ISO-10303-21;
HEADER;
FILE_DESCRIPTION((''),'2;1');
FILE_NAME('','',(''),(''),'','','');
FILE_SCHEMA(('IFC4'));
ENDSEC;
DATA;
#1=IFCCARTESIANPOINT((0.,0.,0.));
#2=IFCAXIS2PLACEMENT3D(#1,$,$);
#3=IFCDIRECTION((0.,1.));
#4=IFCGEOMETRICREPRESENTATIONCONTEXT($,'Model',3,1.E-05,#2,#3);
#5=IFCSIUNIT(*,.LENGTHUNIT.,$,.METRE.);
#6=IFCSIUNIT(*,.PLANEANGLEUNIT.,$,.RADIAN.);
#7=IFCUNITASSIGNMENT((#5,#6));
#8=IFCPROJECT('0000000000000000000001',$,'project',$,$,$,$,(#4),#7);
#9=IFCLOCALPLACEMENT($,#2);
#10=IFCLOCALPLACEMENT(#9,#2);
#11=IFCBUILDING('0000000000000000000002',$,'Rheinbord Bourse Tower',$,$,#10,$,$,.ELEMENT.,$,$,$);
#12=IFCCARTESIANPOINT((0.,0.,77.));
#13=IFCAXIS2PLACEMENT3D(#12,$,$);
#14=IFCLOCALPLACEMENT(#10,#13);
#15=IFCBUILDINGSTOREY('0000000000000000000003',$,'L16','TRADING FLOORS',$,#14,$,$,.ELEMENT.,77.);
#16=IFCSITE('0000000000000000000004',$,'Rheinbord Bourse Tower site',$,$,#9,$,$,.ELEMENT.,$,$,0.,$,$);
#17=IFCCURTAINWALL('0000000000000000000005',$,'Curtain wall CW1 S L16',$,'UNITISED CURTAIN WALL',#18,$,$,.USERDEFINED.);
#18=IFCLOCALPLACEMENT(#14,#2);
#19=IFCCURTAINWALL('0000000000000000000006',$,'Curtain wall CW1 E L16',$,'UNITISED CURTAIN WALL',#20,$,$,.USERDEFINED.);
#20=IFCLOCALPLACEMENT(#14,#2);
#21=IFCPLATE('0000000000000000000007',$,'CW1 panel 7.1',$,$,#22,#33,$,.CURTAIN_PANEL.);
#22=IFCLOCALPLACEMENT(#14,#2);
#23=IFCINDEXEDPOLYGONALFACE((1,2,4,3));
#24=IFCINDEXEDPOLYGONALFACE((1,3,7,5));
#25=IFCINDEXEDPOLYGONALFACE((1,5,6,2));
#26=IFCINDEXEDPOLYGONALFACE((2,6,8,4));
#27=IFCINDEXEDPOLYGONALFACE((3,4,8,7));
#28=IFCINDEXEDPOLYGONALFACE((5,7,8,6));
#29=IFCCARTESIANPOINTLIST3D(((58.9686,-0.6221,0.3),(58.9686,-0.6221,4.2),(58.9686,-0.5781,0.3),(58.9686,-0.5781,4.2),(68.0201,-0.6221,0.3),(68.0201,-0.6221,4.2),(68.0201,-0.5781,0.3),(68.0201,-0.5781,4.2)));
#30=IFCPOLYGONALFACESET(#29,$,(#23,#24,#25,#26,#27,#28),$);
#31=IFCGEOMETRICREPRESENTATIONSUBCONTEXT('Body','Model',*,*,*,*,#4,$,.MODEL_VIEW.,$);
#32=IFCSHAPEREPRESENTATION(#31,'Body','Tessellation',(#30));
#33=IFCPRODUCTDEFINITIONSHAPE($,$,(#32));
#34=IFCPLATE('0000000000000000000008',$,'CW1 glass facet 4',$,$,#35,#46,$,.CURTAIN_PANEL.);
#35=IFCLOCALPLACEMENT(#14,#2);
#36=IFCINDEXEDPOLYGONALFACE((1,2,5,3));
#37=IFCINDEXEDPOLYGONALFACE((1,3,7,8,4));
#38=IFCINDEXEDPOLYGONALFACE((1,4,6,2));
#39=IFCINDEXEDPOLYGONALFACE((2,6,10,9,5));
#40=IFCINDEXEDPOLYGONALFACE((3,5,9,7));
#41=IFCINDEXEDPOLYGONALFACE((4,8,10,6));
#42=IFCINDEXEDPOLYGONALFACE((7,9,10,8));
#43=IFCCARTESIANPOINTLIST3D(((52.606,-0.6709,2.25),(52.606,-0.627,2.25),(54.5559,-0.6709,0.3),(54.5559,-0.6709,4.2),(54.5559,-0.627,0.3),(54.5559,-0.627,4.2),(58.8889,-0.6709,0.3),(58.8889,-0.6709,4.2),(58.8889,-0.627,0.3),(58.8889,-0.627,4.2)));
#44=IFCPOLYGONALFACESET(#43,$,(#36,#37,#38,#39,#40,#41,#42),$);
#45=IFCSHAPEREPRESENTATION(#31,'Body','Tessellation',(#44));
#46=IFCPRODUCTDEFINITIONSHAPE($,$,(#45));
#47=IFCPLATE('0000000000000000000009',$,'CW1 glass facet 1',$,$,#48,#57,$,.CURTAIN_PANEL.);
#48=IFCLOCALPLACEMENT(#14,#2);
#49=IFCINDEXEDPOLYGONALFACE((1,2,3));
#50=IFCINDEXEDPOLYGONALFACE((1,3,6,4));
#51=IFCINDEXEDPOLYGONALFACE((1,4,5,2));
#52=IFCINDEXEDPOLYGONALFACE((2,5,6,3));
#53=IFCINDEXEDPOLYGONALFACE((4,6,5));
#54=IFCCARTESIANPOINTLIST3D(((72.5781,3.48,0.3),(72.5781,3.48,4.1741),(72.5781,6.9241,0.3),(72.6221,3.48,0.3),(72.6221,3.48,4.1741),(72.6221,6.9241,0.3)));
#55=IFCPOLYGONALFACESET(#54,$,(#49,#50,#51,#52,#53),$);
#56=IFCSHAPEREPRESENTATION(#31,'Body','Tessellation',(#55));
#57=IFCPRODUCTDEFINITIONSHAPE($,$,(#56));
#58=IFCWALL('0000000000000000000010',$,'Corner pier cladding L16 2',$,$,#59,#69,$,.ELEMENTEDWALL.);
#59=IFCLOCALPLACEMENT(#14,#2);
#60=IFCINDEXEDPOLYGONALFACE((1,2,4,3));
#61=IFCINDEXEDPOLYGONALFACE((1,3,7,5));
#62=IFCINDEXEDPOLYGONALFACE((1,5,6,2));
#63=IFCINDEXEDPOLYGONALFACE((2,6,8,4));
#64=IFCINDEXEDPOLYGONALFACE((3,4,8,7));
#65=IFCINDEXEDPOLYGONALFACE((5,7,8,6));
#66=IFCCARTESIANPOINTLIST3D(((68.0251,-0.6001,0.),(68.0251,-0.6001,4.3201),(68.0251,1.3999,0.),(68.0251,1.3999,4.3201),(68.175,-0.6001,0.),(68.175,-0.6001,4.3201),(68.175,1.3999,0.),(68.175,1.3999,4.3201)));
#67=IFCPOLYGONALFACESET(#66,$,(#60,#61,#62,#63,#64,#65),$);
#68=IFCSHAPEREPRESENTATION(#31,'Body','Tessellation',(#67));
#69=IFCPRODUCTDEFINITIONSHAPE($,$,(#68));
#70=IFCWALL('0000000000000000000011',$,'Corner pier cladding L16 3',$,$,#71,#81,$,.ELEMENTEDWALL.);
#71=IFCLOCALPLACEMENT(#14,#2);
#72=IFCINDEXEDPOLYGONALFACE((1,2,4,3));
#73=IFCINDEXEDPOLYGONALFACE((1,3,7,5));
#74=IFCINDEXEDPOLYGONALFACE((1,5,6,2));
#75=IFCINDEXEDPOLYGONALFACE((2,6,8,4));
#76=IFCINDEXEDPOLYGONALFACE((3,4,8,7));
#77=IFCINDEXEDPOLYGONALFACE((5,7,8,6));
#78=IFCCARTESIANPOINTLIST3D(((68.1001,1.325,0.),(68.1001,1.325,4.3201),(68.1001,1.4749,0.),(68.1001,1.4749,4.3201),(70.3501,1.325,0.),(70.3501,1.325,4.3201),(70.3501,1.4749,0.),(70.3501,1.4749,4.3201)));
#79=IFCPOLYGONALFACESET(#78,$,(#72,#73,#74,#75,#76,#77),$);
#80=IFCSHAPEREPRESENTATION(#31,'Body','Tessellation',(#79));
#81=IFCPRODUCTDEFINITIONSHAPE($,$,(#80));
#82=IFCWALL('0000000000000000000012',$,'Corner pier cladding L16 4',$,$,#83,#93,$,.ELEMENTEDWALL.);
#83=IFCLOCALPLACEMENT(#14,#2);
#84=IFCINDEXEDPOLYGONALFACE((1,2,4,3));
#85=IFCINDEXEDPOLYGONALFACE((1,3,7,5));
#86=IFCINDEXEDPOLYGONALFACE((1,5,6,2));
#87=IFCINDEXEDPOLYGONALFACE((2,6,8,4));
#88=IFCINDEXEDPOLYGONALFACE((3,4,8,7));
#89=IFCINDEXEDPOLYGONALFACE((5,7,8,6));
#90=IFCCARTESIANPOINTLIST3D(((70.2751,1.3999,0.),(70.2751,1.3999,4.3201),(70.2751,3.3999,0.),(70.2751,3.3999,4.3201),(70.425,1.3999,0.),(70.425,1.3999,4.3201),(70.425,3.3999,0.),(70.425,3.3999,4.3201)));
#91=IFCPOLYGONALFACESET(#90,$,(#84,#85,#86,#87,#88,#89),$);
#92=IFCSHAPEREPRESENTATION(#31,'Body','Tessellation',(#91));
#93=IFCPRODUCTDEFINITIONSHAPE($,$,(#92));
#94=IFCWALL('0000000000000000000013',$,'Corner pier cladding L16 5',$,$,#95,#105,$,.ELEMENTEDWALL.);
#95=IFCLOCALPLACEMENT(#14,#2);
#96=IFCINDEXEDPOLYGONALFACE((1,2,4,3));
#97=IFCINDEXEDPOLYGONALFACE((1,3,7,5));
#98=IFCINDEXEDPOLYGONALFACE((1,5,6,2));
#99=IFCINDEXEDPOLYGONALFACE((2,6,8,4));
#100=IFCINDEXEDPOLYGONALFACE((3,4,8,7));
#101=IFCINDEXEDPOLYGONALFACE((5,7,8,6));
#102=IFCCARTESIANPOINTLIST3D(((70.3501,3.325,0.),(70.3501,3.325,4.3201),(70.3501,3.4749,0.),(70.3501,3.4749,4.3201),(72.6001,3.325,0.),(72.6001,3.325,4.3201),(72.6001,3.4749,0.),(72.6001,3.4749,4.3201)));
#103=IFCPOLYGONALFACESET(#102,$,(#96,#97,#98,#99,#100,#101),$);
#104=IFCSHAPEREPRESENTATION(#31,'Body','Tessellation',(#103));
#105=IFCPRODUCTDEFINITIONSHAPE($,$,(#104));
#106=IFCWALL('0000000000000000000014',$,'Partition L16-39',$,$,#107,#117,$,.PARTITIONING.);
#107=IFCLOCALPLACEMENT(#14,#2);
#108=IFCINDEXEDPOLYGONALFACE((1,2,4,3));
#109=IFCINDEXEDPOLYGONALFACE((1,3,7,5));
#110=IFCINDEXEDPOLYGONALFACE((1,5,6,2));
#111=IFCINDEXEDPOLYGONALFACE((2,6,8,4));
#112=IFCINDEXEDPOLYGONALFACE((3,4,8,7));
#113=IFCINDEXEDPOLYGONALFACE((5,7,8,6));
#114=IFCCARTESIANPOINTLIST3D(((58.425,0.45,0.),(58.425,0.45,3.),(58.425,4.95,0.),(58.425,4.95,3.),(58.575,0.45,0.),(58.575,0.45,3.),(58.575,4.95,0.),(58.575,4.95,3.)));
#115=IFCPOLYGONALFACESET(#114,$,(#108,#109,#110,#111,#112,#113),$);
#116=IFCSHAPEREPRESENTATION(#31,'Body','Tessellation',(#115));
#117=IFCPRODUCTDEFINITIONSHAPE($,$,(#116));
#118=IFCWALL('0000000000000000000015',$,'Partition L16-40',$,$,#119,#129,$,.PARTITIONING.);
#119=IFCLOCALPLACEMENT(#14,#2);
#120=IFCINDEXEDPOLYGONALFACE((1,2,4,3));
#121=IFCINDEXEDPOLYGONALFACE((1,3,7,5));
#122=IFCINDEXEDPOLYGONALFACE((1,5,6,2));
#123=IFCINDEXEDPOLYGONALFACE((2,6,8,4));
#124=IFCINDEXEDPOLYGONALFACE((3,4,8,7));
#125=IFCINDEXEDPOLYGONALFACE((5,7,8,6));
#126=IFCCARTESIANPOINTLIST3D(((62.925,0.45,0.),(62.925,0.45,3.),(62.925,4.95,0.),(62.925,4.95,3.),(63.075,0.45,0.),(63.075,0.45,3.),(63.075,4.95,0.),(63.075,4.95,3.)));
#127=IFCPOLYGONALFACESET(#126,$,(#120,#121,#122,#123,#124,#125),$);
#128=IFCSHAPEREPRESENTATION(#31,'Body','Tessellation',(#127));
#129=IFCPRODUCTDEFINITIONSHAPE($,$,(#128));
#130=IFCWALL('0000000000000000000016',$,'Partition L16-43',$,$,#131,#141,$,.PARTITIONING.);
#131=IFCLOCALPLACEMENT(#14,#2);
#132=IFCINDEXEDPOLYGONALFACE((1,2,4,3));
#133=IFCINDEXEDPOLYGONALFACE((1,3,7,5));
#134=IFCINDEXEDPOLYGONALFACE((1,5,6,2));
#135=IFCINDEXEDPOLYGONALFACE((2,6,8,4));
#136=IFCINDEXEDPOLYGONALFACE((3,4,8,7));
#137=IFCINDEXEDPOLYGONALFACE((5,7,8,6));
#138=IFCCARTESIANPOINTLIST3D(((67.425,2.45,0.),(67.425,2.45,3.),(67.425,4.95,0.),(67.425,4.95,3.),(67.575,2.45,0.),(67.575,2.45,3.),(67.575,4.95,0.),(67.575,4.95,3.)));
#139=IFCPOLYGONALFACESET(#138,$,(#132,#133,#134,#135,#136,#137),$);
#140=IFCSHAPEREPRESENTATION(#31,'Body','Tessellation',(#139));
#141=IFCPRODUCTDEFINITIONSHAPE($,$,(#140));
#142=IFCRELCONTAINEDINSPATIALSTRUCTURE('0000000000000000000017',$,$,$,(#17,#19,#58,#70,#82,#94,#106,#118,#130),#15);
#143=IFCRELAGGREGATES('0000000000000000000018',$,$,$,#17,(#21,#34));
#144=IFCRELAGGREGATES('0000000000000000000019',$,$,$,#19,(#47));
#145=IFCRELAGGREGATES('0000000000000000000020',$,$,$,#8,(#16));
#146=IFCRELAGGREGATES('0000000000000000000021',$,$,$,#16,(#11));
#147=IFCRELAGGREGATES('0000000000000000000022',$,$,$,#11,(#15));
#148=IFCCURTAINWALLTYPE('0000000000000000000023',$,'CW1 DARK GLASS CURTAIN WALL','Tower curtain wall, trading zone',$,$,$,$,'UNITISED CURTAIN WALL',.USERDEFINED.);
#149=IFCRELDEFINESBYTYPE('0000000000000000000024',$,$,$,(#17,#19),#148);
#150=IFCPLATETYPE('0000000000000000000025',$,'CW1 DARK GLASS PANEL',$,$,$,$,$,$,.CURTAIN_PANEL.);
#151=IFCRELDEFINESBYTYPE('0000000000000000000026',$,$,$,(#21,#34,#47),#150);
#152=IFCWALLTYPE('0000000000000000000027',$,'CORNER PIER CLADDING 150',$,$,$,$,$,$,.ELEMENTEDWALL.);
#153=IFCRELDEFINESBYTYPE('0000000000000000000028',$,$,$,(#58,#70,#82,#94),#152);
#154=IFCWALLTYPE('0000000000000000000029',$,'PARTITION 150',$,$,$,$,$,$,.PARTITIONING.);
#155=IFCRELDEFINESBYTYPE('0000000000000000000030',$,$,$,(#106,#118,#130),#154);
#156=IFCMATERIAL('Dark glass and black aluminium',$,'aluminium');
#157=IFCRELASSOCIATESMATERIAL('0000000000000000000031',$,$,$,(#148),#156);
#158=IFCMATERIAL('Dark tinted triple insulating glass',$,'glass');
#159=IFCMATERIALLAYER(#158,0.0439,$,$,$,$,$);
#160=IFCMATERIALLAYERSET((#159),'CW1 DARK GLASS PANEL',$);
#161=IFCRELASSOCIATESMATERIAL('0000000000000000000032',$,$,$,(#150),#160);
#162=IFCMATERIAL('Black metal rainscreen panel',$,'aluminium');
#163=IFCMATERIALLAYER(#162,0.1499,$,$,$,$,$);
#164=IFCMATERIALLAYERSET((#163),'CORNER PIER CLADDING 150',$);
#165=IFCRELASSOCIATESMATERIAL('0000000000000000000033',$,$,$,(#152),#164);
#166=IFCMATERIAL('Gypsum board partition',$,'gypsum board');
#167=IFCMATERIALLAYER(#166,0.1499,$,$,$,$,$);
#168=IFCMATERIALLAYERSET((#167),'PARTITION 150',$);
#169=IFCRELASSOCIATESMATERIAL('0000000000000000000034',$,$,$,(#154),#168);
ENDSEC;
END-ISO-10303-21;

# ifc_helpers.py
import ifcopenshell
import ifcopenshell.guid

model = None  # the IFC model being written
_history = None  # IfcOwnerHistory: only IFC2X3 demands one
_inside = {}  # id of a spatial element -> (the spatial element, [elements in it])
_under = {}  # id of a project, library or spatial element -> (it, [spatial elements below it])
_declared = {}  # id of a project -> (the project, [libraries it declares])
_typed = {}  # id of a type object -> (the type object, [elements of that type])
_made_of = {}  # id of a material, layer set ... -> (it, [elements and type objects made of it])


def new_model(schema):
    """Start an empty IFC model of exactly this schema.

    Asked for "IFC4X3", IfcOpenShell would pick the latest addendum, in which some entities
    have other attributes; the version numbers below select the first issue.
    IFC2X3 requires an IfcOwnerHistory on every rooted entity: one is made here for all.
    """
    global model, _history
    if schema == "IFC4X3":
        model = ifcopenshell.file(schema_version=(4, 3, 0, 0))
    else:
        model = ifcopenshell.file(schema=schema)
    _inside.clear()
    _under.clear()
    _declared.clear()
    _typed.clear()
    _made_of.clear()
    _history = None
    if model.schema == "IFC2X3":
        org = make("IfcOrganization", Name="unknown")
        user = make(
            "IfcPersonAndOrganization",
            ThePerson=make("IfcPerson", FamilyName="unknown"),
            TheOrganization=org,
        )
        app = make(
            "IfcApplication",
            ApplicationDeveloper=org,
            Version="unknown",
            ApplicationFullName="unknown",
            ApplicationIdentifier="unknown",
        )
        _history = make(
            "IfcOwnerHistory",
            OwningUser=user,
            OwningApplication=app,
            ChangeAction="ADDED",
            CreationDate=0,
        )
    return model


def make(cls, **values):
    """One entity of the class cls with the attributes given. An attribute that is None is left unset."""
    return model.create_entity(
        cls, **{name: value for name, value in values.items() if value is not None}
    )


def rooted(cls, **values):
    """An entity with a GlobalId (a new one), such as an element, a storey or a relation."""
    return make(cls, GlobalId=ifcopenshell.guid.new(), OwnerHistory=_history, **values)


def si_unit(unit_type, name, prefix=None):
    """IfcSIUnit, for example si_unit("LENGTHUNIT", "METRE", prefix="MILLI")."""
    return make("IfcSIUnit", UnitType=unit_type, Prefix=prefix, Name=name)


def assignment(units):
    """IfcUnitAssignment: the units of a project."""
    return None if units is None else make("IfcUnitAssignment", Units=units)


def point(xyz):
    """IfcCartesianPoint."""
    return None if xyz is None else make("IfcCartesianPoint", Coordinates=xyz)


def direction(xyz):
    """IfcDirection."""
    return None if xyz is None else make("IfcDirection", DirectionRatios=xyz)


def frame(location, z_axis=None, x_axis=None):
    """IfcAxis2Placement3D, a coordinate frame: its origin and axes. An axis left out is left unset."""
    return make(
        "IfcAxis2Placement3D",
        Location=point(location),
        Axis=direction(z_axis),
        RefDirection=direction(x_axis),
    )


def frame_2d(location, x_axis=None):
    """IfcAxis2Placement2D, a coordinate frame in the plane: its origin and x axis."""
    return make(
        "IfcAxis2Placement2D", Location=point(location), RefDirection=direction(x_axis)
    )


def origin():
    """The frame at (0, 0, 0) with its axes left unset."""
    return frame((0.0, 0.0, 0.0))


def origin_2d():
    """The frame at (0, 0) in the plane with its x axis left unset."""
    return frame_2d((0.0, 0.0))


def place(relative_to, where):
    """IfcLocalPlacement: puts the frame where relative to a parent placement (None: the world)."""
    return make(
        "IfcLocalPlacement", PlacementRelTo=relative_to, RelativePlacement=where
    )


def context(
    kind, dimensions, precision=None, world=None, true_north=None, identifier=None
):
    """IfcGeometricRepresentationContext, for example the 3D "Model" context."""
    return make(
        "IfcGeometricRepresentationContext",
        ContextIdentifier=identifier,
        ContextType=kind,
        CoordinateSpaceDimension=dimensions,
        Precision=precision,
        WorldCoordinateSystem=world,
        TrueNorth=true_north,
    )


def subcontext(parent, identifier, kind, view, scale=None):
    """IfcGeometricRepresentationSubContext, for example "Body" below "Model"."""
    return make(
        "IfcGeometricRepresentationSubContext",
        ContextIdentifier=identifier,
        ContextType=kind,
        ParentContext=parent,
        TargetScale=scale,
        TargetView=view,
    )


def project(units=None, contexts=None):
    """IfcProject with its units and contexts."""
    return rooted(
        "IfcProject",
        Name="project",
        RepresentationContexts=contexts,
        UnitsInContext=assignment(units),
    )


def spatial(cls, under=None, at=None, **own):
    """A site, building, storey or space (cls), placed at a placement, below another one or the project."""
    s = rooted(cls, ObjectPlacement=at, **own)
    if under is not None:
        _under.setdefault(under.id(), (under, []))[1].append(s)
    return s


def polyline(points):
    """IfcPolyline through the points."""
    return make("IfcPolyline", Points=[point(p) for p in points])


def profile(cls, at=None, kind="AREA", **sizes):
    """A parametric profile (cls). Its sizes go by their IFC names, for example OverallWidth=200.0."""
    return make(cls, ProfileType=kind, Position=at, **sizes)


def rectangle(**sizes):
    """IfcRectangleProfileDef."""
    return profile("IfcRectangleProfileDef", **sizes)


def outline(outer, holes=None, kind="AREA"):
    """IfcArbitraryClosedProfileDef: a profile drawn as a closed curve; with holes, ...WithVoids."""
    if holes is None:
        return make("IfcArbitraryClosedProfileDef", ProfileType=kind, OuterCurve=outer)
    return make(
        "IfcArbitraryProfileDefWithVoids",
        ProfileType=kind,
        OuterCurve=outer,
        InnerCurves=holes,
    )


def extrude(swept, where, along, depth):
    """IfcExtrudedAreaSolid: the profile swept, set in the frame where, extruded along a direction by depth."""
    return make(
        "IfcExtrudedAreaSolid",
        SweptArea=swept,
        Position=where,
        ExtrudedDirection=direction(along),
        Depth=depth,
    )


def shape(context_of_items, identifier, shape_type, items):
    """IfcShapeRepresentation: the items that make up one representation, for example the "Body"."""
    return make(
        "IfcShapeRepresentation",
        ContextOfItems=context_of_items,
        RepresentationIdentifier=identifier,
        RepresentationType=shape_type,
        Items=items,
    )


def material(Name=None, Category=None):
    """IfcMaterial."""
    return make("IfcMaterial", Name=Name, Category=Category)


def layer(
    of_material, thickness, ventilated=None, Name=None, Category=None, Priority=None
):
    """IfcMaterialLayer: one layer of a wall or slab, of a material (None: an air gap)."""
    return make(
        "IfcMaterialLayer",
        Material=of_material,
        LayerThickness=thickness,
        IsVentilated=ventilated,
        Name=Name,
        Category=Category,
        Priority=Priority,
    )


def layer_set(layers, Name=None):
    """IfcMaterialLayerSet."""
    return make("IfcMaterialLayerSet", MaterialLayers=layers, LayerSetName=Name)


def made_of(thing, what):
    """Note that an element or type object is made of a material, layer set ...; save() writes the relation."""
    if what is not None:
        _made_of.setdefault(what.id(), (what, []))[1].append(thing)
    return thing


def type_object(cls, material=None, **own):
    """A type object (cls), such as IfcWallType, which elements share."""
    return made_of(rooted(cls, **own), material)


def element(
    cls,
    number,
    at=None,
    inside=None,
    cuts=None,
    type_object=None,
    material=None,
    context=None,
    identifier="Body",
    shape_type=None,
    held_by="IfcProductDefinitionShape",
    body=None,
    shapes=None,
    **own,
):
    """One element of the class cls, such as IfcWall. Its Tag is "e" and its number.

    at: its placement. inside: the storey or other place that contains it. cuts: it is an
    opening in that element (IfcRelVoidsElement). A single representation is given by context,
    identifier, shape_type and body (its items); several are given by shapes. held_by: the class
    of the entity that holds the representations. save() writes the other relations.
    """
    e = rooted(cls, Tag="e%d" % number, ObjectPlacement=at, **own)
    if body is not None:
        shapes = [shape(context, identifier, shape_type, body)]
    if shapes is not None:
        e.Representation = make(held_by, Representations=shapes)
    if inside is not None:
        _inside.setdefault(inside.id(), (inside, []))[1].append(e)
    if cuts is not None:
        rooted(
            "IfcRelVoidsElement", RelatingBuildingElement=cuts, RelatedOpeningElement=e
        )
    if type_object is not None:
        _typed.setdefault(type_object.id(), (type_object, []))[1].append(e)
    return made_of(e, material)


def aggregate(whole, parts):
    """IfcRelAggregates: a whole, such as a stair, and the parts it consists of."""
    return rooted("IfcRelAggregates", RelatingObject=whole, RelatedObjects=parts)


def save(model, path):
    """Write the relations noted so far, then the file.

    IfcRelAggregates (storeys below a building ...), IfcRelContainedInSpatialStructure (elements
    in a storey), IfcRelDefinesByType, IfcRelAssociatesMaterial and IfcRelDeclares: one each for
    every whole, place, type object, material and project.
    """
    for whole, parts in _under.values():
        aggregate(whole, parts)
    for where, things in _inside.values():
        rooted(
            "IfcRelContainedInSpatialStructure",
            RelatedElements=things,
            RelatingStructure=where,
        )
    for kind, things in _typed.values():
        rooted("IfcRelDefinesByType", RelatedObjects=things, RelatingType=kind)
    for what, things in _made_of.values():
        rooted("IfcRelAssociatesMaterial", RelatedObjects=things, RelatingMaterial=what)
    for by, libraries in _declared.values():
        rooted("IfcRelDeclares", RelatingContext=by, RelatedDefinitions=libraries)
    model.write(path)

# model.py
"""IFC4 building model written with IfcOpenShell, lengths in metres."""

from ifc_helpers import new_model, si_unit, direction, frame, frame_2d, origin, origin_2d, place, context, subcontext, project, spatial, polyline, rectangle, outline, extrude, material, layer, layer_set, type_object, element, aggregate, save


model = new_model("IFC4")

# Units and contexts
model_context = context("Model", 3, precision=1e-05, world=origin(), true_north=direction((0.0, 1.0)))
body_context = subcontext(model_context, "Body", "Model", "MODEL_VIEW")
ifc_project = project(units=[si_unit("LENGTHUNIT", "METRE"), si_unit("PLANEANGLEUNIT", "RADIAN")], contexts=[model_context])

# Site, building, storey
site_placement = place(None, origin())
site = spatial("IfcSite", under=ifc_project, at=site_placement, Name="Rheinbord Bourse Tower site", CompositionType="ELEMENT", RefElevation=0.0)
building_placement = place(site_placement, origin())
building = spatial("IfcBuilding", under=site, at=building_placement, Name="Rheinbord Bourse Tower", CompositionType="ELEMENT")
storey_placement = place(building_placement, frame((0.0, 0.0, 77.0)))
storey = spatial("IfcBuildingStorey", under=building, at=storey_placement, Name="L16", Description="TRADING FLOORS", CompositionType="ELEMENT", Elevation=77.0)

# Curtain wall
ifc_material_1 = material(Name="Dark glass and black aluminium", Category="aluminium")
curtain_wall_type = type_object("IfcCurtainWallType", Name="CW1 DARK GLASS CURTAIN WALL", Description="Tower curtain wall, trading zone", ElementType="UNITISED CURTAIN WALL", PredefinedType="USERDEFINED", material=ifc_material_1)
curtain_wall_1_placement = place(storey_placement, origin())
curtain_wall_1 = element("IfcCurtainWall", 1, at=curtain_wall_1_placement, inside=storey, type_object=curtain_wall_type, Name="Curtain wall CW1 S L16", ObjectType="UNITISED CURTAIN WALL", PredefinedType="USERDEFINED")

# Curtain wall
curtain_wall_2_placement = place(storey_placement, origin())
curtain_wall_2 = element("IfcCurtainWall", 2, at=curtain_wall_2_placement, inside=storey, type_object=curtain_wall_type, Name="Curtain wall CW1 E L16", ObjectType="UNITISED CURTAIN WALL", PredefinedType="USERDEFINED")

# Plates
ifc_material_2 = material(Name="Dark tinted triple insulating glass", Category="glass")
ifc_layer_1 = layer(ifc_material_2, 0.0439)
ifc_layer_set_1 = layer_set([ifc_layer_1], Name="CW1 DARK GLASS PANEL")
plate_type = type_object("IfcPlateType", Name="CW1 DARK GLASS PANEL", PredefinedType="CURTAIN_PANEL", material=ifc_layer_set_1)
plate_1_placement = place(storey_placement, frame((63.4944, -0.6001, 0.3), z_axis=(0.0, 0.0, 1.0), x_axis=(1.0, 0.0, 0.0)))
plate_1 = element("IfcPlate", 3, at=plate_1_placement, type_object=plate_type, Name="CW1 panel 7.1", PredefinedType="CURTAIN_PANEL", context=body_context, shape_type="SweptSolid", body=[
    extrude(rectangle(XDim=9.0515, YDim=0.0439, at=origin_2d()), origin(), (0.0, 0.0, 1.0), 3.8999),
])
plate_2_placement = place(storey_placement, frame((58.8889, -0.6709, 4.2), z_axis=(0.0, 1.0, 0.0), x_axis=(0.0, 0.0, -1.0)))
plate_2 = element("IfcPlate", 4, at=plate_2_placement, type_object=plate_type, Name="CW1 glass facet 4", PredefinedType="CURTAIN_PANEL", context=body_context, shape_type="SweptSolid", body=[
    extrude(outline(polyline([(0.0, 0.0), (3.8999, 0.0), (3.8999, 4.333), (1.95, 6.283), (0.0, 4.333), (0.0, 0.0)])), origin(), (0.0, 0.0, 1.0), 0.0439),
])
aggregate(curtain_wall_1, [plate_1, plate_2])
plate_3_placement = place(storey_placement, frame((72.6221, 3.48, 0.3), z_axis=(-1.0, 0.0, 0.0), x_axis=(0.0, 0.0, 1.0)))
plate_3 = element("IfcPlate", 5, at=plate_3_placement, type_object=plate_type, Name="CW1 glass facet 1", PredefinedType="CURTAIN_PANEL", context=body_context, shape_type="SweptSolid", body=[
    extrude(outline(polyline([(0.0, 0.0), (3.874, 0.0), (0.0, 3.4441), (0.0, 0.0)])), origin(), (0.0, 0.0, 1.0), 0.0439),
])
aggregate(curtain_wall_2, [plate_3])

# Walls
ifc_material_3 = material(Name="Black metal rainscreen panel", Category="aluminium")
ifc_layer_2 = layer(ifc_material_3, 0.1499)
ifc_layer_set_2 = layer_set([ifc_layer_2], Name="CORNER PIER CLADDING 150")
wall_type_1 = type_object("IfcWallType", Name="CORNER PIER CLADDING 150", PredefinedType="ELEMENTEDWALL", material=ifc_layer_set_2)
wall_1_placement = place(storey_placement, frame((68.1001, -0.6001, 0.0), z_axis=(0.0, 0.0, 1.0), x_axis=(0.0, 1.0, 0.0)))
element("IfcWall", 6, at=wall_1_placement, inside=storey, type_object=wall_type_1, Name="Corner pier cladding L16 2", PredefinedType="ELEMENTEDWALL", context=body_context, shape_type="SweptSolid", body=[
    extrude(rectangle(XDim=2.0, YDim=0.1499, at=frame_2d((1.0, 0.0))), origin(), (0.0, 0.0, 1.0), 4.3201),
])
wall_2_placement = place(storey_placement, frame((68.1001, 1.3999, 0.0), z_axis=(0.0, 0.0, 1.0), x_axis=(1.0, 0.0, 0.0)))
element("IfcWall", 7, at=wall_2_placement, inside=storey, type_object=wall_type_1, Name="Corner pier cladding L16 3", PredefinedType="ELEMENTEDWALL", context=body_context, shape_type="SweptSolid", body=[
    extrude(rectangle(XDim=2.25, YDim=0.1499, at=frame_2d((1.125, 0.0))), origin(), (0.0, 0.0, 1.0), 4.3201),
])
wall_3_placement = place(storey_placement, frame((70.3501, 1.3999, 0.0), z_axis=(0.0, 0.0, 1.0), x_axis=(0.0, 1.0, 0.0)))
element("IfcWall", 8, at=wall_3_placement, inside=storey, type_object=wall_type_1, Name="Corner pier cladding L16 4", PredefinedType="ELEMENTEDWALL", context=body_context, shape_type="SweptSolid", body=[
    extrude(rectangle(XDim=2.0, YDim=0.1499, at=frame_2d((1.0, 0.0))), origin(), (0.0, 0.0, 1.0), 4.3201),
])
wall_4_placement = place(storey_placement, frame((70.3501, 3.3999, 0.0), z_axis=(0.0, 0.0, 1.0), x_axis=(1.0, 0.0, 0.0)))
element("IfcWall", 9, at=wall_4_placement, inside=storey, type_object=wall_type_1, Name="Corner pier cladding L16 5", PredefinedType="ELEMENTEDWALL", context=body_context, shape_type="SweptSolid", body=[
    extrude(rectangle(XDim=2.25, YDim=0.1499, at=frame_2d((1.125, 0.0))), origin(), (0.0, 0.0, 1.0), 4.3201),
])
ifc_material_4 = material(Name="Gypsum board partition", Category="gypsum board")
ifc_layer_3 = layer(ifc_material_4, 0.1499)
ifc_layer_set_3 = layer_set([ifc_layer_3], Name="PARTITION 150")
wall_type_2 = type_object("IfcWallType", Name="PARTITION 150", PredefinedType="PARTITIONING", material=ifc_layer_set_3)
for number, where, z_axis, x_axis, name in (
    (10, (58.5, 0.45, 0.0), (0.0, 0.0, 1.0), (0.0, 1.0, 0.0), "Partition L16-39"),
    (11, (63.0, 0.45, 0.0), (0.0, 0.0, 1.0), (0.0, 1.0, 0.0), "Partition L16-40"),
):
    element("IfcWall", number, at=place(storey_placement, frame(where, z_axis=z_axis, x_axis=x_axis)), inside=storey, type_object=wall_type_2, Name=name, PredefinedType="PARTITIONING", context=body_context, shape_type="SweptSolid", body=[
        extrude(rectangle(XDim=4.5, YDim=0.1499, at=frame_2d((2.25, 0.0))), origin(), (0.0, 0.0, 1.0), 3.0),
    ])
wall_5_placement = place(storey_placement, frame((67.5, 2.45, 0.0), z_axis=(0.0, 0.0, 1.0), x_axis=(0.0, 1.0, 0.0)))
element("IfcWall", 12, at=wall_5_placement, inside=storey, type_object=wall_type_2, Name="Partition L16-43", PredefinedType="PARTITIONING", context=body_context, shape_type="SweptSolid", body=[
    extrude(rectangle(XDim=2.5, YDim=0.1499, at=frame_2d((1.25, 0.0))), origin(), (0.0, 0.0, 1.0), 3.0),
])

save(model, "model.ifc")
